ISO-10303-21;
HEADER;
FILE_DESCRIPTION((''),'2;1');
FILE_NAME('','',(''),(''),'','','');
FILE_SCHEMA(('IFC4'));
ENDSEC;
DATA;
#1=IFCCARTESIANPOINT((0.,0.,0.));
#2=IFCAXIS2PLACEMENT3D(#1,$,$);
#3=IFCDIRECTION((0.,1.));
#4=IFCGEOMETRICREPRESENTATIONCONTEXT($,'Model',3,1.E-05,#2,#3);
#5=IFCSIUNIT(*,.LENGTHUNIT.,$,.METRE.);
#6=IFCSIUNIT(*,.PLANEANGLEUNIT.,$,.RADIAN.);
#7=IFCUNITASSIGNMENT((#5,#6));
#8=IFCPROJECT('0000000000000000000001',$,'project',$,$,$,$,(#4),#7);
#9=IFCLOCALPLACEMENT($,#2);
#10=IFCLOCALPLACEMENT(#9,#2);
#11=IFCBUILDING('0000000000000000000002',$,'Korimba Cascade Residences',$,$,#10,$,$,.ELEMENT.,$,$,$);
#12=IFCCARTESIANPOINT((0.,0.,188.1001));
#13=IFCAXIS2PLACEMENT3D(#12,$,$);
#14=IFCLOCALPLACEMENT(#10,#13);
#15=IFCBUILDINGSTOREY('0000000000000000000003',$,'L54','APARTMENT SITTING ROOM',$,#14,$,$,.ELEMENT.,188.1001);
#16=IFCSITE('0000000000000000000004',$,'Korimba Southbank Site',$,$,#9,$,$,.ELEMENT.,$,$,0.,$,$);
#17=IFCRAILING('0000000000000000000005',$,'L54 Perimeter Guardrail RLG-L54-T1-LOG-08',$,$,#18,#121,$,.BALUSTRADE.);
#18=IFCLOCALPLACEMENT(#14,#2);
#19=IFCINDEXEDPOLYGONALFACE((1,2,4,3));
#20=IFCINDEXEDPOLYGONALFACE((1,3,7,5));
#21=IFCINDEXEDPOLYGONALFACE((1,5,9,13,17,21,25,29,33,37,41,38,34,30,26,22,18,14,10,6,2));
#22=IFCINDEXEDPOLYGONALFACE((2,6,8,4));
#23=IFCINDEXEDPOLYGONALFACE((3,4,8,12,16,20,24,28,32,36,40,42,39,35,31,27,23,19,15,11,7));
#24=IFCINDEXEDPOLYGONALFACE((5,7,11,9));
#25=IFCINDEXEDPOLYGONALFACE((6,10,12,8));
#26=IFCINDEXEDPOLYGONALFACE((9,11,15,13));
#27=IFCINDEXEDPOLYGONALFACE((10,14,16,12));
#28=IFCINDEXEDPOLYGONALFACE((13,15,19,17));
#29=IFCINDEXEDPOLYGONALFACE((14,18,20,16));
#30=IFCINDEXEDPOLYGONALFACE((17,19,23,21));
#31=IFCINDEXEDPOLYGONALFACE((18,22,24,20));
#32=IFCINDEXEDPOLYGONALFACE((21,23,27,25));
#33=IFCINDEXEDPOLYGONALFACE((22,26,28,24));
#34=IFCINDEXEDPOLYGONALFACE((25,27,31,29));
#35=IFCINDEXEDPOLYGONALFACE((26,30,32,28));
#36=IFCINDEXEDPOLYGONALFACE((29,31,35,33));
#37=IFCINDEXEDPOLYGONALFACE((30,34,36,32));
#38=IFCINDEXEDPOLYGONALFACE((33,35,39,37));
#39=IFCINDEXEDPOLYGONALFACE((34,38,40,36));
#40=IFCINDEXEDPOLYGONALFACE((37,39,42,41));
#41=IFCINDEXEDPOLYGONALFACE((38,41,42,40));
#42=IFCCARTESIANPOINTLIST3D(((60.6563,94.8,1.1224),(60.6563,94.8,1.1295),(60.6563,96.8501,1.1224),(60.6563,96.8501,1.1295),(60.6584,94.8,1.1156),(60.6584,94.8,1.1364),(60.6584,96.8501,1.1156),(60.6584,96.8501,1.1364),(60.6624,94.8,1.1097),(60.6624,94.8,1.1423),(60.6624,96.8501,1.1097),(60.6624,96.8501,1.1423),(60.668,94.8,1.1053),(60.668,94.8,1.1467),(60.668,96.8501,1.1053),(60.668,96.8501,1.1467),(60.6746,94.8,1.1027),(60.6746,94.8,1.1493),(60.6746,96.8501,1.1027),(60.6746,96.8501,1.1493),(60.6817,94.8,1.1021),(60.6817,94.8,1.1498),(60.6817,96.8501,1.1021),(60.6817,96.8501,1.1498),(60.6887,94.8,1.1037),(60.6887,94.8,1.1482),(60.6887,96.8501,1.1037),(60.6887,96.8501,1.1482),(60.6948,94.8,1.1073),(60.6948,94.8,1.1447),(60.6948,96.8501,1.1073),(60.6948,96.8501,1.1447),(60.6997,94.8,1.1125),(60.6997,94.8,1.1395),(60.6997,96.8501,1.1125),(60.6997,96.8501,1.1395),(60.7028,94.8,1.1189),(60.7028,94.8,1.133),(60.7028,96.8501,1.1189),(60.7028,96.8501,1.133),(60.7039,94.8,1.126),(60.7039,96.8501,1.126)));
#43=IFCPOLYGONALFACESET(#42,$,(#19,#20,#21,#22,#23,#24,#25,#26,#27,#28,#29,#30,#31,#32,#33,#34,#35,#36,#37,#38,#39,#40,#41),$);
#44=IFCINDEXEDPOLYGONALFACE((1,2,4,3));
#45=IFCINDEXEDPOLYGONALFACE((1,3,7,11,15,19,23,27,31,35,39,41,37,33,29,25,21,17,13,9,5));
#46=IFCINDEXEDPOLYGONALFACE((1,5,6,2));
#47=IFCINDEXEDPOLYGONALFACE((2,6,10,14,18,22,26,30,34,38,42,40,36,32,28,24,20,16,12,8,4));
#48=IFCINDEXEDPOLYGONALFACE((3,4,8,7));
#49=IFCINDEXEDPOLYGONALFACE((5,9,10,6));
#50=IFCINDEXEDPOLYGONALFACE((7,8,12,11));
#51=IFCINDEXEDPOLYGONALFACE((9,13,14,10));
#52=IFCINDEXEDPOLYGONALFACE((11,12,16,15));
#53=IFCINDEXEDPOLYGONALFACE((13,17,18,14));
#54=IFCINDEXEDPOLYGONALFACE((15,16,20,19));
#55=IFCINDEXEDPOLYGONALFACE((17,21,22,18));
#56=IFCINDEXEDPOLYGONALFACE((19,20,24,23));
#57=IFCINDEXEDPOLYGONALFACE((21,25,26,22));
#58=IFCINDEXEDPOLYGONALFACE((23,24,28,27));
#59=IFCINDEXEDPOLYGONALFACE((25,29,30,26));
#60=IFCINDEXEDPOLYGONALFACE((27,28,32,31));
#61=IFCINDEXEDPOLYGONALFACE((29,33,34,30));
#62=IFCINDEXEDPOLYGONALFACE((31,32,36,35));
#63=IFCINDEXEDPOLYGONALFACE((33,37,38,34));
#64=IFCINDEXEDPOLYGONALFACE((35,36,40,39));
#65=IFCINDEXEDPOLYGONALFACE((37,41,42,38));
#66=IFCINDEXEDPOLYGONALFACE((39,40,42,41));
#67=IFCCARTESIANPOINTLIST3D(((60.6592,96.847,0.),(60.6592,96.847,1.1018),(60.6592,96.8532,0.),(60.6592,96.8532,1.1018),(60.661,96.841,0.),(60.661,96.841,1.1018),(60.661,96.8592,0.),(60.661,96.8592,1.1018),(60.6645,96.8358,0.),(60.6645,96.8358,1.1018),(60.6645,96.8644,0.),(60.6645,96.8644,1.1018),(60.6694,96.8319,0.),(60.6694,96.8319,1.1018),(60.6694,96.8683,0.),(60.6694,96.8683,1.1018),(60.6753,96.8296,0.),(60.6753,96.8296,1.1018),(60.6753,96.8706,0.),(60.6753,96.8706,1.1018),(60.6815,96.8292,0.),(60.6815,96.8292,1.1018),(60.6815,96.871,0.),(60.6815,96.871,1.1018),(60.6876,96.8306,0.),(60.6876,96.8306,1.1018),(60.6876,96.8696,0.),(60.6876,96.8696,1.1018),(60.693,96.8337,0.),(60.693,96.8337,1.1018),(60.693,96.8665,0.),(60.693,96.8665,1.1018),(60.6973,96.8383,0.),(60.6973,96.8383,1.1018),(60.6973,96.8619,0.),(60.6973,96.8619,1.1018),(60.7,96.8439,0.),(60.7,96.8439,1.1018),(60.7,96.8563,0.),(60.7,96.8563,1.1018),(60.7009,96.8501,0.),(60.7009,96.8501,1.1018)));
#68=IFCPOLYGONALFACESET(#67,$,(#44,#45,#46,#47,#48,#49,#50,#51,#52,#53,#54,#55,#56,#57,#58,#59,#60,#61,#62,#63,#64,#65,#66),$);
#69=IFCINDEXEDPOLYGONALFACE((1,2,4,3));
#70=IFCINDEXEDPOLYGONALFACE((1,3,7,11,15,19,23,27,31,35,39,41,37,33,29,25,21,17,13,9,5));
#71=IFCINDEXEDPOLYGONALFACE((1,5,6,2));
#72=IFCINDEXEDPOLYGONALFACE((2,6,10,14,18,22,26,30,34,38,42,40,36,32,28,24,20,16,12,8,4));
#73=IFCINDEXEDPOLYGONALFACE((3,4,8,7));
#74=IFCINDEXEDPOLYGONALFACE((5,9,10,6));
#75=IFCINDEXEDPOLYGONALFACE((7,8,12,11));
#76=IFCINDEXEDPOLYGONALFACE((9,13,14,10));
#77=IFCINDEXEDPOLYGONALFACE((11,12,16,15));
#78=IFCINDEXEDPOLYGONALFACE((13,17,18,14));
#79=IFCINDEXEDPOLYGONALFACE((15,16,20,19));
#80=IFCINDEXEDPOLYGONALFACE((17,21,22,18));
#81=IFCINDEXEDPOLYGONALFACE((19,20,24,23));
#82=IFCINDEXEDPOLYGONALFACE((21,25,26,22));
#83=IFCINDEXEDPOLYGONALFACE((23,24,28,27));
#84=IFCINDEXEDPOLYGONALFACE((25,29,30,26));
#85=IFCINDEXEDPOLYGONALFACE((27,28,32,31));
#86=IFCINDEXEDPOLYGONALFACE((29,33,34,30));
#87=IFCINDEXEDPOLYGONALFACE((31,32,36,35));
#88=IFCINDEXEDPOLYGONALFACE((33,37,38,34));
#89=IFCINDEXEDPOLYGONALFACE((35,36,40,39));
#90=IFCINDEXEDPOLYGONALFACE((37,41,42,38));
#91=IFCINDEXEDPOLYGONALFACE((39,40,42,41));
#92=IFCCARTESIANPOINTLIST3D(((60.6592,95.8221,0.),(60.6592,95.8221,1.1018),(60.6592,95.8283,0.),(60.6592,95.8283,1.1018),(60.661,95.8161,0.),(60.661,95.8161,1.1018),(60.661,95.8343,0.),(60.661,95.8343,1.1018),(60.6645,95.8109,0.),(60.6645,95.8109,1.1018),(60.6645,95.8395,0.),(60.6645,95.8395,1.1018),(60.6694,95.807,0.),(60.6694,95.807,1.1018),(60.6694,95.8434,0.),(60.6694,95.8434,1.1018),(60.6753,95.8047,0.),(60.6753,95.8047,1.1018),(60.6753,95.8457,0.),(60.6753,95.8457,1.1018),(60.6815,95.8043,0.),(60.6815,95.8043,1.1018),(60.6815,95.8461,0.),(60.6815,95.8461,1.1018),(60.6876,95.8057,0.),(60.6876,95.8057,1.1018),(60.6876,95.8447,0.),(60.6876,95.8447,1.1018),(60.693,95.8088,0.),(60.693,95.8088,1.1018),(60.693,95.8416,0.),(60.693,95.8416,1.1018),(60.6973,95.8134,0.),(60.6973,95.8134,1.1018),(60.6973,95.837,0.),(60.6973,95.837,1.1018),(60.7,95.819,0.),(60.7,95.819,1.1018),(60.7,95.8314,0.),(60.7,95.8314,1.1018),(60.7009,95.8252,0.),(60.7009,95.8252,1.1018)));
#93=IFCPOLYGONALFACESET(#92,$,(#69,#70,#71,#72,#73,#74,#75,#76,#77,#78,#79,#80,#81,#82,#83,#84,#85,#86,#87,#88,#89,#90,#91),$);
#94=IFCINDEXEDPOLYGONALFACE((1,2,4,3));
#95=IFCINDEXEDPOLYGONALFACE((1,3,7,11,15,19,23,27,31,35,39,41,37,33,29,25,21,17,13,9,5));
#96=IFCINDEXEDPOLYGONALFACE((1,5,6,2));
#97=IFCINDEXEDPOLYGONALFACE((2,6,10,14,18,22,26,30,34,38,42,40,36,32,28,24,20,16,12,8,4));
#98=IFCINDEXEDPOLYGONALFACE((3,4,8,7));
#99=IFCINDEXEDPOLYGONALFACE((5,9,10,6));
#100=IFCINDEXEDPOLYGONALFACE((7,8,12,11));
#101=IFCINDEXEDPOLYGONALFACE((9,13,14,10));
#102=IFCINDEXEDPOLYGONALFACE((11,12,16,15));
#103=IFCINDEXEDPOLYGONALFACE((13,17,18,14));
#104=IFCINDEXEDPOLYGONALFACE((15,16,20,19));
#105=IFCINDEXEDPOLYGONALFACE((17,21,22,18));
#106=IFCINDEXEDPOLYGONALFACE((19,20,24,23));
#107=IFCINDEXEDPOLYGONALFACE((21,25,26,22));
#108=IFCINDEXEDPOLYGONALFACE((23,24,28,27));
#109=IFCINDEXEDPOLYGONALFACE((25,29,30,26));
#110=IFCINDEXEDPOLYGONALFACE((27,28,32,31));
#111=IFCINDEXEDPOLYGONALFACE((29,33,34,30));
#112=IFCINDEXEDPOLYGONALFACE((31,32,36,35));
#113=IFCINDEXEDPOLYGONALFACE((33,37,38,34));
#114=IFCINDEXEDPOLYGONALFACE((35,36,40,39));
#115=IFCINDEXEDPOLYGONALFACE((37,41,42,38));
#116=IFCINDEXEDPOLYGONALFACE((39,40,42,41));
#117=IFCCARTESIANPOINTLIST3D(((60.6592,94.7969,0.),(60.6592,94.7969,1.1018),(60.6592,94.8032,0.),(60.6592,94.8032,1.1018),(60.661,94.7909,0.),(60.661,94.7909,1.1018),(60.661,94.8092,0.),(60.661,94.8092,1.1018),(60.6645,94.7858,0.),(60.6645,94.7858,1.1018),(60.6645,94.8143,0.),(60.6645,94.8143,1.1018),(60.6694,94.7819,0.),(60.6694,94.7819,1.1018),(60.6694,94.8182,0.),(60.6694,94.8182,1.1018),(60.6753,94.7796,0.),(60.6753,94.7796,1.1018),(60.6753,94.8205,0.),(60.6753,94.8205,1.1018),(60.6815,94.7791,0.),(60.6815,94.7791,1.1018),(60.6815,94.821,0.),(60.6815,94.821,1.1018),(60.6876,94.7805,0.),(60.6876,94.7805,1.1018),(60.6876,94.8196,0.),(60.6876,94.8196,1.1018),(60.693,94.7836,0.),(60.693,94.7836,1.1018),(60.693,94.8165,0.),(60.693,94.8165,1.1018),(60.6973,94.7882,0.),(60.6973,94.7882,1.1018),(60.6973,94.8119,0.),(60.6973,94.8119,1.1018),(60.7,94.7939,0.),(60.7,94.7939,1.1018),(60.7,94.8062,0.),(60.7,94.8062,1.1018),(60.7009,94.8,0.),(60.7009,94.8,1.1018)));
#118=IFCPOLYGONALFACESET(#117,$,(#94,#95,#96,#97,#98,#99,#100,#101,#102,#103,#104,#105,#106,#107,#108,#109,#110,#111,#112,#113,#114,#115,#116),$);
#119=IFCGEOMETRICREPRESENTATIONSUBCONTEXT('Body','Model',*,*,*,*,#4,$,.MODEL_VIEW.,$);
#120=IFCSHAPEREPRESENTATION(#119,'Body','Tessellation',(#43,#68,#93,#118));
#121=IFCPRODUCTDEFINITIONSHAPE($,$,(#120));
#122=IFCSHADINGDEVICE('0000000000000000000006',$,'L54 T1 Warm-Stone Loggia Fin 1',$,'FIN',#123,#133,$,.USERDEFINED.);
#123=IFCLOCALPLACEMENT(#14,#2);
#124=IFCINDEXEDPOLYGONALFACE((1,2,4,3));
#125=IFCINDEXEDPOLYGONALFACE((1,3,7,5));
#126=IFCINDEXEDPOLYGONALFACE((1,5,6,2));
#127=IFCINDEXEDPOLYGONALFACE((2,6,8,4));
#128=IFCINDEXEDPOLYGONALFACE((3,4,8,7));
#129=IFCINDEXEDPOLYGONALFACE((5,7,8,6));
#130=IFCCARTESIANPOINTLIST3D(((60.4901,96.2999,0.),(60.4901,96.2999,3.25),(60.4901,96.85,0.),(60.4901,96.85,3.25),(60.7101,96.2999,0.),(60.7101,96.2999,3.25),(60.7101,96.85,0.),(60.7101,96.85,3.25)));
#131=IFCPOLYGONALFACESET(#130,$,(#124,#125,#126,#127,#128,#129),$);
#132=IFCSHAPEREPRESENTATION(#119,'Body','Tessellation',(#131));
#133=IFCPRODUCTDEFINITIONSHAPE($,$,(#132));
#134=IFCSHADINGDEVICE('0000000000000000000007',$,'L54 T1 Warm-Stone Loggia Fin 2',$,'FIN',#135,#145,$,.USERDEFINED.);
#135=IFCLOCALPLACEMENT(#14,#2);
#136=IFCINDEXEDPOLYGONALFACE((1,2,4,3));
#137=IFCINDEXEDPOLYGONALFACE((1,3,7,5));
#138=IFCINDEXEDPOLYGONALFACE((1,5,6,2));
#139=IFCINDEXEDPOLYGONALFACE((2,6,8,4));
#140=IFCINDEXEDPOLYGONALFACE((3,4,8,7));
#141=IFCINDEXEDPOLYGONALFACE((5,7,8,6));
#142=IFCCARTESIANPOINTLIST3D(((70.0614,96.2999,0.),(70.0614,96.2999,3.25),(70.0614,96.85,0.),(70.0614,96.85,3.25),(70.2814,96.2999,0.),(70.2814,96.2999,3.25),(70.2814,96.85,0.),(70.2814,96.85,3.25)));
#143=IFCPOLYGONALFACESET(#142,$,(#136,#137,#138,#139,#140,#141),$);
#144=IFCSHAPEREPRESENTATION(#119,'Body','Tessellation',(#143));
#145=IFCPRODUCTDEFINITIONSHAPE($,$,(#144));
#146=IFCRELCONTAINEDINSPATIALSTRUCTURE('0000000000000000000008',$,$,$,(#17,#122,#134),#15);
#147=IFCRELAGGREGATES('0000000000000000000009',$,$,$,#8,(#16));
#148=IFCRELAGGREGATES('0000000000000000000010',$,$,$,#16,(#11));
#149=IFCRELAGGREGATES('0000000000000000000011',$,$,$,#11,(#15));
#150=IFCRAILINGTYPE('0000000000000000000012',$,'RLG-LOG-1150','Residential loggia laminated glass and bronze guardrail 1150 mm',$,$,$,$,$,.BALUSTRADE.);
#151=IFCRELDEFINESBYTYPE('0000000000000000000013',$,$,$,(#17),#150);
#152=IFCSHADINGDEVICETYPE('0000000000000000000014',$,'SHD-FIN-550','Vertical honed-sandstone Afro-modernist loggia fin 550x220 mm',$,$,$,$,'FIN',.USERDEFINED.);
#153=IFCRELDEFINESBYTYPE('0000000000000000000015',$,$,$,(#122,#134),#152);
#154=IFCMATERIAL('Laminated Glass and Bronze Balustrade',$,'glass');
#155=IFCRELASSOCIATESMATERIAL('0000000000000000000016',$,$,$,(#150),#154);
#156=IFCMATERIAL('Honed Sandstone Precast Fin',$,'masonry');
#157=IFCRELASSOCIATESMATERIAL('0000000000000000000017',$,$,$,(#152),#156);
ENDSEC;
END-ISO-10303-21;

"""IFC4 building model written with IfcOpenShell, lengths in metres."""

from ifc_helpers import new_model, si_unit, direction, frame, origin, origin_2d, place, context, subcontext, project, spatial, rectangle, circle, extrude, material, type_object, element, save


model = new_model("IFC4")

# Units and contexts
model_context = context("Model", 3, precision=1e-05, world=origin(), true_north=direction((0.0, 1.0)))
body_context = subcontext(model_context, "Body", "Model", "MODEL_VIEW")
ifc_project = project(units=[si_unit("LENGTHUNIT", "METRE"), si_unit("PLANEANGLEUNIT", "RADIAN")], contexts=[model_context])

# Site, building, storey
site_placement = place(None, origin())
site = spatial("IfcSite", under=ifc_project, at=site_placement, Name="Korimba Southbank Site", CompositionType="ELEMENT", RefElevation=0.0)
building_placement = place(site_placement, origin())
building = spatial("IfcBuilding", under=site, at=building_placement, Name="Korimba Cascade Residences", CompositionType="ELEMENT")
storey_placement = place(building_placement, frame((0.0, 0.0, 188.1001)))
storey = spatial("IfcBuildingStorey", under=building, at=storey_placement, Name="L54", Description="APARTMENT SITTING ROOM", CompositionType="ELEMENT", Elevation=188.1001)

# Railing
ifc_material_1 = material(Name="Laminated Glass and Bronze Balustrade", Category="glass")
railing_type = type_object("IfcRailingType", Name="RLG-LOG-1150", Description="Residential loggia laminated glass and bronze guardrail 1150 mm", PredefinedType="BALUSTRADE", material=ifc_material_1)
railing_1_placement = place(storey_placement, frame((60.6799, 96.8501, 0.0)))
element("IfcRailing", 1, at=railing_1_placement, inside=storey, type_object=railing_type, Name="L54 Perimeter Guardrail RLG-L54-T1-LOG-08", PredefinedType="BALUSTRADE", context=body_context, shape_type="SweptSolid", body=[
    extrude(circle(Radius=0.0239, at=origin_2d()), frame((0.0, 0.0, 1.126), z_axis=(0.0, -1.0, 0.0), x_axis=(1.0, 0.0, 0.0)), (0.0, 0.0, 1.0), 2.05),
    extrude(circle(Radius=0.021, at=origin_2d()), origin(), (0.0, 0.0, 1.0), 1.1018),
    extrude(circle(Radius=0.021, at=origin_2d()), frame((0.0, -1.0249, 0.0)), (0.0, 0.0, 1.0), 1.1018),
    extrude(circle(Radius=0.021, at=origin_2d()), frame((0.0, -2.05, 0.0)), (0.0, 0.0, 1.0), 1.1018),
])

# Shading devices
ifc_material_2 = material(Name="Honed Sandstone Precast Fin", Category="masonry")
shading_device_type = type_object("IfcShadingDeviceType", Name="SHD-FIN-550", Description="Vertical honed-sandstone Afro-modernist loggia fin 550x220 mm", ElementType="FIN", PredefinedType="USERDEFINED", material=ifc_material_2)
for number, where, z_axis, x_axis, name in (
    (2, (60.6001, 96.575, 0.0), (0.0, 0.0, 1.0), (1.0, 0.0, 0.0), "L54 T1 Warm-Stone Loggia Fin 1"),
    (3, (70.1714, 96.575, 0.0), (0.0, 0.0, 1.0), (1.0, 0.0, 0.0), "L54 T1 Warm-Stone Loggia Fin 2"),
):
    element("IfcShadingDevice", number, at=place(storey_placement, frame(where, z_axis=z_axis, x_axis=x_axis)), inside=storey, type_object=shading_device_type, Name=name, ObjectType="FIN", PredefinedType="USERDEFINED", context=body_context, shape_type="SweptSolid", body=[
        extrude(rectangle(XDim=0.22, YDim=0.55, at=origin_2d()), origin(), (0.0, 0.0, 1.0), 3.25),
    ])

save(model, "model.ifc")
